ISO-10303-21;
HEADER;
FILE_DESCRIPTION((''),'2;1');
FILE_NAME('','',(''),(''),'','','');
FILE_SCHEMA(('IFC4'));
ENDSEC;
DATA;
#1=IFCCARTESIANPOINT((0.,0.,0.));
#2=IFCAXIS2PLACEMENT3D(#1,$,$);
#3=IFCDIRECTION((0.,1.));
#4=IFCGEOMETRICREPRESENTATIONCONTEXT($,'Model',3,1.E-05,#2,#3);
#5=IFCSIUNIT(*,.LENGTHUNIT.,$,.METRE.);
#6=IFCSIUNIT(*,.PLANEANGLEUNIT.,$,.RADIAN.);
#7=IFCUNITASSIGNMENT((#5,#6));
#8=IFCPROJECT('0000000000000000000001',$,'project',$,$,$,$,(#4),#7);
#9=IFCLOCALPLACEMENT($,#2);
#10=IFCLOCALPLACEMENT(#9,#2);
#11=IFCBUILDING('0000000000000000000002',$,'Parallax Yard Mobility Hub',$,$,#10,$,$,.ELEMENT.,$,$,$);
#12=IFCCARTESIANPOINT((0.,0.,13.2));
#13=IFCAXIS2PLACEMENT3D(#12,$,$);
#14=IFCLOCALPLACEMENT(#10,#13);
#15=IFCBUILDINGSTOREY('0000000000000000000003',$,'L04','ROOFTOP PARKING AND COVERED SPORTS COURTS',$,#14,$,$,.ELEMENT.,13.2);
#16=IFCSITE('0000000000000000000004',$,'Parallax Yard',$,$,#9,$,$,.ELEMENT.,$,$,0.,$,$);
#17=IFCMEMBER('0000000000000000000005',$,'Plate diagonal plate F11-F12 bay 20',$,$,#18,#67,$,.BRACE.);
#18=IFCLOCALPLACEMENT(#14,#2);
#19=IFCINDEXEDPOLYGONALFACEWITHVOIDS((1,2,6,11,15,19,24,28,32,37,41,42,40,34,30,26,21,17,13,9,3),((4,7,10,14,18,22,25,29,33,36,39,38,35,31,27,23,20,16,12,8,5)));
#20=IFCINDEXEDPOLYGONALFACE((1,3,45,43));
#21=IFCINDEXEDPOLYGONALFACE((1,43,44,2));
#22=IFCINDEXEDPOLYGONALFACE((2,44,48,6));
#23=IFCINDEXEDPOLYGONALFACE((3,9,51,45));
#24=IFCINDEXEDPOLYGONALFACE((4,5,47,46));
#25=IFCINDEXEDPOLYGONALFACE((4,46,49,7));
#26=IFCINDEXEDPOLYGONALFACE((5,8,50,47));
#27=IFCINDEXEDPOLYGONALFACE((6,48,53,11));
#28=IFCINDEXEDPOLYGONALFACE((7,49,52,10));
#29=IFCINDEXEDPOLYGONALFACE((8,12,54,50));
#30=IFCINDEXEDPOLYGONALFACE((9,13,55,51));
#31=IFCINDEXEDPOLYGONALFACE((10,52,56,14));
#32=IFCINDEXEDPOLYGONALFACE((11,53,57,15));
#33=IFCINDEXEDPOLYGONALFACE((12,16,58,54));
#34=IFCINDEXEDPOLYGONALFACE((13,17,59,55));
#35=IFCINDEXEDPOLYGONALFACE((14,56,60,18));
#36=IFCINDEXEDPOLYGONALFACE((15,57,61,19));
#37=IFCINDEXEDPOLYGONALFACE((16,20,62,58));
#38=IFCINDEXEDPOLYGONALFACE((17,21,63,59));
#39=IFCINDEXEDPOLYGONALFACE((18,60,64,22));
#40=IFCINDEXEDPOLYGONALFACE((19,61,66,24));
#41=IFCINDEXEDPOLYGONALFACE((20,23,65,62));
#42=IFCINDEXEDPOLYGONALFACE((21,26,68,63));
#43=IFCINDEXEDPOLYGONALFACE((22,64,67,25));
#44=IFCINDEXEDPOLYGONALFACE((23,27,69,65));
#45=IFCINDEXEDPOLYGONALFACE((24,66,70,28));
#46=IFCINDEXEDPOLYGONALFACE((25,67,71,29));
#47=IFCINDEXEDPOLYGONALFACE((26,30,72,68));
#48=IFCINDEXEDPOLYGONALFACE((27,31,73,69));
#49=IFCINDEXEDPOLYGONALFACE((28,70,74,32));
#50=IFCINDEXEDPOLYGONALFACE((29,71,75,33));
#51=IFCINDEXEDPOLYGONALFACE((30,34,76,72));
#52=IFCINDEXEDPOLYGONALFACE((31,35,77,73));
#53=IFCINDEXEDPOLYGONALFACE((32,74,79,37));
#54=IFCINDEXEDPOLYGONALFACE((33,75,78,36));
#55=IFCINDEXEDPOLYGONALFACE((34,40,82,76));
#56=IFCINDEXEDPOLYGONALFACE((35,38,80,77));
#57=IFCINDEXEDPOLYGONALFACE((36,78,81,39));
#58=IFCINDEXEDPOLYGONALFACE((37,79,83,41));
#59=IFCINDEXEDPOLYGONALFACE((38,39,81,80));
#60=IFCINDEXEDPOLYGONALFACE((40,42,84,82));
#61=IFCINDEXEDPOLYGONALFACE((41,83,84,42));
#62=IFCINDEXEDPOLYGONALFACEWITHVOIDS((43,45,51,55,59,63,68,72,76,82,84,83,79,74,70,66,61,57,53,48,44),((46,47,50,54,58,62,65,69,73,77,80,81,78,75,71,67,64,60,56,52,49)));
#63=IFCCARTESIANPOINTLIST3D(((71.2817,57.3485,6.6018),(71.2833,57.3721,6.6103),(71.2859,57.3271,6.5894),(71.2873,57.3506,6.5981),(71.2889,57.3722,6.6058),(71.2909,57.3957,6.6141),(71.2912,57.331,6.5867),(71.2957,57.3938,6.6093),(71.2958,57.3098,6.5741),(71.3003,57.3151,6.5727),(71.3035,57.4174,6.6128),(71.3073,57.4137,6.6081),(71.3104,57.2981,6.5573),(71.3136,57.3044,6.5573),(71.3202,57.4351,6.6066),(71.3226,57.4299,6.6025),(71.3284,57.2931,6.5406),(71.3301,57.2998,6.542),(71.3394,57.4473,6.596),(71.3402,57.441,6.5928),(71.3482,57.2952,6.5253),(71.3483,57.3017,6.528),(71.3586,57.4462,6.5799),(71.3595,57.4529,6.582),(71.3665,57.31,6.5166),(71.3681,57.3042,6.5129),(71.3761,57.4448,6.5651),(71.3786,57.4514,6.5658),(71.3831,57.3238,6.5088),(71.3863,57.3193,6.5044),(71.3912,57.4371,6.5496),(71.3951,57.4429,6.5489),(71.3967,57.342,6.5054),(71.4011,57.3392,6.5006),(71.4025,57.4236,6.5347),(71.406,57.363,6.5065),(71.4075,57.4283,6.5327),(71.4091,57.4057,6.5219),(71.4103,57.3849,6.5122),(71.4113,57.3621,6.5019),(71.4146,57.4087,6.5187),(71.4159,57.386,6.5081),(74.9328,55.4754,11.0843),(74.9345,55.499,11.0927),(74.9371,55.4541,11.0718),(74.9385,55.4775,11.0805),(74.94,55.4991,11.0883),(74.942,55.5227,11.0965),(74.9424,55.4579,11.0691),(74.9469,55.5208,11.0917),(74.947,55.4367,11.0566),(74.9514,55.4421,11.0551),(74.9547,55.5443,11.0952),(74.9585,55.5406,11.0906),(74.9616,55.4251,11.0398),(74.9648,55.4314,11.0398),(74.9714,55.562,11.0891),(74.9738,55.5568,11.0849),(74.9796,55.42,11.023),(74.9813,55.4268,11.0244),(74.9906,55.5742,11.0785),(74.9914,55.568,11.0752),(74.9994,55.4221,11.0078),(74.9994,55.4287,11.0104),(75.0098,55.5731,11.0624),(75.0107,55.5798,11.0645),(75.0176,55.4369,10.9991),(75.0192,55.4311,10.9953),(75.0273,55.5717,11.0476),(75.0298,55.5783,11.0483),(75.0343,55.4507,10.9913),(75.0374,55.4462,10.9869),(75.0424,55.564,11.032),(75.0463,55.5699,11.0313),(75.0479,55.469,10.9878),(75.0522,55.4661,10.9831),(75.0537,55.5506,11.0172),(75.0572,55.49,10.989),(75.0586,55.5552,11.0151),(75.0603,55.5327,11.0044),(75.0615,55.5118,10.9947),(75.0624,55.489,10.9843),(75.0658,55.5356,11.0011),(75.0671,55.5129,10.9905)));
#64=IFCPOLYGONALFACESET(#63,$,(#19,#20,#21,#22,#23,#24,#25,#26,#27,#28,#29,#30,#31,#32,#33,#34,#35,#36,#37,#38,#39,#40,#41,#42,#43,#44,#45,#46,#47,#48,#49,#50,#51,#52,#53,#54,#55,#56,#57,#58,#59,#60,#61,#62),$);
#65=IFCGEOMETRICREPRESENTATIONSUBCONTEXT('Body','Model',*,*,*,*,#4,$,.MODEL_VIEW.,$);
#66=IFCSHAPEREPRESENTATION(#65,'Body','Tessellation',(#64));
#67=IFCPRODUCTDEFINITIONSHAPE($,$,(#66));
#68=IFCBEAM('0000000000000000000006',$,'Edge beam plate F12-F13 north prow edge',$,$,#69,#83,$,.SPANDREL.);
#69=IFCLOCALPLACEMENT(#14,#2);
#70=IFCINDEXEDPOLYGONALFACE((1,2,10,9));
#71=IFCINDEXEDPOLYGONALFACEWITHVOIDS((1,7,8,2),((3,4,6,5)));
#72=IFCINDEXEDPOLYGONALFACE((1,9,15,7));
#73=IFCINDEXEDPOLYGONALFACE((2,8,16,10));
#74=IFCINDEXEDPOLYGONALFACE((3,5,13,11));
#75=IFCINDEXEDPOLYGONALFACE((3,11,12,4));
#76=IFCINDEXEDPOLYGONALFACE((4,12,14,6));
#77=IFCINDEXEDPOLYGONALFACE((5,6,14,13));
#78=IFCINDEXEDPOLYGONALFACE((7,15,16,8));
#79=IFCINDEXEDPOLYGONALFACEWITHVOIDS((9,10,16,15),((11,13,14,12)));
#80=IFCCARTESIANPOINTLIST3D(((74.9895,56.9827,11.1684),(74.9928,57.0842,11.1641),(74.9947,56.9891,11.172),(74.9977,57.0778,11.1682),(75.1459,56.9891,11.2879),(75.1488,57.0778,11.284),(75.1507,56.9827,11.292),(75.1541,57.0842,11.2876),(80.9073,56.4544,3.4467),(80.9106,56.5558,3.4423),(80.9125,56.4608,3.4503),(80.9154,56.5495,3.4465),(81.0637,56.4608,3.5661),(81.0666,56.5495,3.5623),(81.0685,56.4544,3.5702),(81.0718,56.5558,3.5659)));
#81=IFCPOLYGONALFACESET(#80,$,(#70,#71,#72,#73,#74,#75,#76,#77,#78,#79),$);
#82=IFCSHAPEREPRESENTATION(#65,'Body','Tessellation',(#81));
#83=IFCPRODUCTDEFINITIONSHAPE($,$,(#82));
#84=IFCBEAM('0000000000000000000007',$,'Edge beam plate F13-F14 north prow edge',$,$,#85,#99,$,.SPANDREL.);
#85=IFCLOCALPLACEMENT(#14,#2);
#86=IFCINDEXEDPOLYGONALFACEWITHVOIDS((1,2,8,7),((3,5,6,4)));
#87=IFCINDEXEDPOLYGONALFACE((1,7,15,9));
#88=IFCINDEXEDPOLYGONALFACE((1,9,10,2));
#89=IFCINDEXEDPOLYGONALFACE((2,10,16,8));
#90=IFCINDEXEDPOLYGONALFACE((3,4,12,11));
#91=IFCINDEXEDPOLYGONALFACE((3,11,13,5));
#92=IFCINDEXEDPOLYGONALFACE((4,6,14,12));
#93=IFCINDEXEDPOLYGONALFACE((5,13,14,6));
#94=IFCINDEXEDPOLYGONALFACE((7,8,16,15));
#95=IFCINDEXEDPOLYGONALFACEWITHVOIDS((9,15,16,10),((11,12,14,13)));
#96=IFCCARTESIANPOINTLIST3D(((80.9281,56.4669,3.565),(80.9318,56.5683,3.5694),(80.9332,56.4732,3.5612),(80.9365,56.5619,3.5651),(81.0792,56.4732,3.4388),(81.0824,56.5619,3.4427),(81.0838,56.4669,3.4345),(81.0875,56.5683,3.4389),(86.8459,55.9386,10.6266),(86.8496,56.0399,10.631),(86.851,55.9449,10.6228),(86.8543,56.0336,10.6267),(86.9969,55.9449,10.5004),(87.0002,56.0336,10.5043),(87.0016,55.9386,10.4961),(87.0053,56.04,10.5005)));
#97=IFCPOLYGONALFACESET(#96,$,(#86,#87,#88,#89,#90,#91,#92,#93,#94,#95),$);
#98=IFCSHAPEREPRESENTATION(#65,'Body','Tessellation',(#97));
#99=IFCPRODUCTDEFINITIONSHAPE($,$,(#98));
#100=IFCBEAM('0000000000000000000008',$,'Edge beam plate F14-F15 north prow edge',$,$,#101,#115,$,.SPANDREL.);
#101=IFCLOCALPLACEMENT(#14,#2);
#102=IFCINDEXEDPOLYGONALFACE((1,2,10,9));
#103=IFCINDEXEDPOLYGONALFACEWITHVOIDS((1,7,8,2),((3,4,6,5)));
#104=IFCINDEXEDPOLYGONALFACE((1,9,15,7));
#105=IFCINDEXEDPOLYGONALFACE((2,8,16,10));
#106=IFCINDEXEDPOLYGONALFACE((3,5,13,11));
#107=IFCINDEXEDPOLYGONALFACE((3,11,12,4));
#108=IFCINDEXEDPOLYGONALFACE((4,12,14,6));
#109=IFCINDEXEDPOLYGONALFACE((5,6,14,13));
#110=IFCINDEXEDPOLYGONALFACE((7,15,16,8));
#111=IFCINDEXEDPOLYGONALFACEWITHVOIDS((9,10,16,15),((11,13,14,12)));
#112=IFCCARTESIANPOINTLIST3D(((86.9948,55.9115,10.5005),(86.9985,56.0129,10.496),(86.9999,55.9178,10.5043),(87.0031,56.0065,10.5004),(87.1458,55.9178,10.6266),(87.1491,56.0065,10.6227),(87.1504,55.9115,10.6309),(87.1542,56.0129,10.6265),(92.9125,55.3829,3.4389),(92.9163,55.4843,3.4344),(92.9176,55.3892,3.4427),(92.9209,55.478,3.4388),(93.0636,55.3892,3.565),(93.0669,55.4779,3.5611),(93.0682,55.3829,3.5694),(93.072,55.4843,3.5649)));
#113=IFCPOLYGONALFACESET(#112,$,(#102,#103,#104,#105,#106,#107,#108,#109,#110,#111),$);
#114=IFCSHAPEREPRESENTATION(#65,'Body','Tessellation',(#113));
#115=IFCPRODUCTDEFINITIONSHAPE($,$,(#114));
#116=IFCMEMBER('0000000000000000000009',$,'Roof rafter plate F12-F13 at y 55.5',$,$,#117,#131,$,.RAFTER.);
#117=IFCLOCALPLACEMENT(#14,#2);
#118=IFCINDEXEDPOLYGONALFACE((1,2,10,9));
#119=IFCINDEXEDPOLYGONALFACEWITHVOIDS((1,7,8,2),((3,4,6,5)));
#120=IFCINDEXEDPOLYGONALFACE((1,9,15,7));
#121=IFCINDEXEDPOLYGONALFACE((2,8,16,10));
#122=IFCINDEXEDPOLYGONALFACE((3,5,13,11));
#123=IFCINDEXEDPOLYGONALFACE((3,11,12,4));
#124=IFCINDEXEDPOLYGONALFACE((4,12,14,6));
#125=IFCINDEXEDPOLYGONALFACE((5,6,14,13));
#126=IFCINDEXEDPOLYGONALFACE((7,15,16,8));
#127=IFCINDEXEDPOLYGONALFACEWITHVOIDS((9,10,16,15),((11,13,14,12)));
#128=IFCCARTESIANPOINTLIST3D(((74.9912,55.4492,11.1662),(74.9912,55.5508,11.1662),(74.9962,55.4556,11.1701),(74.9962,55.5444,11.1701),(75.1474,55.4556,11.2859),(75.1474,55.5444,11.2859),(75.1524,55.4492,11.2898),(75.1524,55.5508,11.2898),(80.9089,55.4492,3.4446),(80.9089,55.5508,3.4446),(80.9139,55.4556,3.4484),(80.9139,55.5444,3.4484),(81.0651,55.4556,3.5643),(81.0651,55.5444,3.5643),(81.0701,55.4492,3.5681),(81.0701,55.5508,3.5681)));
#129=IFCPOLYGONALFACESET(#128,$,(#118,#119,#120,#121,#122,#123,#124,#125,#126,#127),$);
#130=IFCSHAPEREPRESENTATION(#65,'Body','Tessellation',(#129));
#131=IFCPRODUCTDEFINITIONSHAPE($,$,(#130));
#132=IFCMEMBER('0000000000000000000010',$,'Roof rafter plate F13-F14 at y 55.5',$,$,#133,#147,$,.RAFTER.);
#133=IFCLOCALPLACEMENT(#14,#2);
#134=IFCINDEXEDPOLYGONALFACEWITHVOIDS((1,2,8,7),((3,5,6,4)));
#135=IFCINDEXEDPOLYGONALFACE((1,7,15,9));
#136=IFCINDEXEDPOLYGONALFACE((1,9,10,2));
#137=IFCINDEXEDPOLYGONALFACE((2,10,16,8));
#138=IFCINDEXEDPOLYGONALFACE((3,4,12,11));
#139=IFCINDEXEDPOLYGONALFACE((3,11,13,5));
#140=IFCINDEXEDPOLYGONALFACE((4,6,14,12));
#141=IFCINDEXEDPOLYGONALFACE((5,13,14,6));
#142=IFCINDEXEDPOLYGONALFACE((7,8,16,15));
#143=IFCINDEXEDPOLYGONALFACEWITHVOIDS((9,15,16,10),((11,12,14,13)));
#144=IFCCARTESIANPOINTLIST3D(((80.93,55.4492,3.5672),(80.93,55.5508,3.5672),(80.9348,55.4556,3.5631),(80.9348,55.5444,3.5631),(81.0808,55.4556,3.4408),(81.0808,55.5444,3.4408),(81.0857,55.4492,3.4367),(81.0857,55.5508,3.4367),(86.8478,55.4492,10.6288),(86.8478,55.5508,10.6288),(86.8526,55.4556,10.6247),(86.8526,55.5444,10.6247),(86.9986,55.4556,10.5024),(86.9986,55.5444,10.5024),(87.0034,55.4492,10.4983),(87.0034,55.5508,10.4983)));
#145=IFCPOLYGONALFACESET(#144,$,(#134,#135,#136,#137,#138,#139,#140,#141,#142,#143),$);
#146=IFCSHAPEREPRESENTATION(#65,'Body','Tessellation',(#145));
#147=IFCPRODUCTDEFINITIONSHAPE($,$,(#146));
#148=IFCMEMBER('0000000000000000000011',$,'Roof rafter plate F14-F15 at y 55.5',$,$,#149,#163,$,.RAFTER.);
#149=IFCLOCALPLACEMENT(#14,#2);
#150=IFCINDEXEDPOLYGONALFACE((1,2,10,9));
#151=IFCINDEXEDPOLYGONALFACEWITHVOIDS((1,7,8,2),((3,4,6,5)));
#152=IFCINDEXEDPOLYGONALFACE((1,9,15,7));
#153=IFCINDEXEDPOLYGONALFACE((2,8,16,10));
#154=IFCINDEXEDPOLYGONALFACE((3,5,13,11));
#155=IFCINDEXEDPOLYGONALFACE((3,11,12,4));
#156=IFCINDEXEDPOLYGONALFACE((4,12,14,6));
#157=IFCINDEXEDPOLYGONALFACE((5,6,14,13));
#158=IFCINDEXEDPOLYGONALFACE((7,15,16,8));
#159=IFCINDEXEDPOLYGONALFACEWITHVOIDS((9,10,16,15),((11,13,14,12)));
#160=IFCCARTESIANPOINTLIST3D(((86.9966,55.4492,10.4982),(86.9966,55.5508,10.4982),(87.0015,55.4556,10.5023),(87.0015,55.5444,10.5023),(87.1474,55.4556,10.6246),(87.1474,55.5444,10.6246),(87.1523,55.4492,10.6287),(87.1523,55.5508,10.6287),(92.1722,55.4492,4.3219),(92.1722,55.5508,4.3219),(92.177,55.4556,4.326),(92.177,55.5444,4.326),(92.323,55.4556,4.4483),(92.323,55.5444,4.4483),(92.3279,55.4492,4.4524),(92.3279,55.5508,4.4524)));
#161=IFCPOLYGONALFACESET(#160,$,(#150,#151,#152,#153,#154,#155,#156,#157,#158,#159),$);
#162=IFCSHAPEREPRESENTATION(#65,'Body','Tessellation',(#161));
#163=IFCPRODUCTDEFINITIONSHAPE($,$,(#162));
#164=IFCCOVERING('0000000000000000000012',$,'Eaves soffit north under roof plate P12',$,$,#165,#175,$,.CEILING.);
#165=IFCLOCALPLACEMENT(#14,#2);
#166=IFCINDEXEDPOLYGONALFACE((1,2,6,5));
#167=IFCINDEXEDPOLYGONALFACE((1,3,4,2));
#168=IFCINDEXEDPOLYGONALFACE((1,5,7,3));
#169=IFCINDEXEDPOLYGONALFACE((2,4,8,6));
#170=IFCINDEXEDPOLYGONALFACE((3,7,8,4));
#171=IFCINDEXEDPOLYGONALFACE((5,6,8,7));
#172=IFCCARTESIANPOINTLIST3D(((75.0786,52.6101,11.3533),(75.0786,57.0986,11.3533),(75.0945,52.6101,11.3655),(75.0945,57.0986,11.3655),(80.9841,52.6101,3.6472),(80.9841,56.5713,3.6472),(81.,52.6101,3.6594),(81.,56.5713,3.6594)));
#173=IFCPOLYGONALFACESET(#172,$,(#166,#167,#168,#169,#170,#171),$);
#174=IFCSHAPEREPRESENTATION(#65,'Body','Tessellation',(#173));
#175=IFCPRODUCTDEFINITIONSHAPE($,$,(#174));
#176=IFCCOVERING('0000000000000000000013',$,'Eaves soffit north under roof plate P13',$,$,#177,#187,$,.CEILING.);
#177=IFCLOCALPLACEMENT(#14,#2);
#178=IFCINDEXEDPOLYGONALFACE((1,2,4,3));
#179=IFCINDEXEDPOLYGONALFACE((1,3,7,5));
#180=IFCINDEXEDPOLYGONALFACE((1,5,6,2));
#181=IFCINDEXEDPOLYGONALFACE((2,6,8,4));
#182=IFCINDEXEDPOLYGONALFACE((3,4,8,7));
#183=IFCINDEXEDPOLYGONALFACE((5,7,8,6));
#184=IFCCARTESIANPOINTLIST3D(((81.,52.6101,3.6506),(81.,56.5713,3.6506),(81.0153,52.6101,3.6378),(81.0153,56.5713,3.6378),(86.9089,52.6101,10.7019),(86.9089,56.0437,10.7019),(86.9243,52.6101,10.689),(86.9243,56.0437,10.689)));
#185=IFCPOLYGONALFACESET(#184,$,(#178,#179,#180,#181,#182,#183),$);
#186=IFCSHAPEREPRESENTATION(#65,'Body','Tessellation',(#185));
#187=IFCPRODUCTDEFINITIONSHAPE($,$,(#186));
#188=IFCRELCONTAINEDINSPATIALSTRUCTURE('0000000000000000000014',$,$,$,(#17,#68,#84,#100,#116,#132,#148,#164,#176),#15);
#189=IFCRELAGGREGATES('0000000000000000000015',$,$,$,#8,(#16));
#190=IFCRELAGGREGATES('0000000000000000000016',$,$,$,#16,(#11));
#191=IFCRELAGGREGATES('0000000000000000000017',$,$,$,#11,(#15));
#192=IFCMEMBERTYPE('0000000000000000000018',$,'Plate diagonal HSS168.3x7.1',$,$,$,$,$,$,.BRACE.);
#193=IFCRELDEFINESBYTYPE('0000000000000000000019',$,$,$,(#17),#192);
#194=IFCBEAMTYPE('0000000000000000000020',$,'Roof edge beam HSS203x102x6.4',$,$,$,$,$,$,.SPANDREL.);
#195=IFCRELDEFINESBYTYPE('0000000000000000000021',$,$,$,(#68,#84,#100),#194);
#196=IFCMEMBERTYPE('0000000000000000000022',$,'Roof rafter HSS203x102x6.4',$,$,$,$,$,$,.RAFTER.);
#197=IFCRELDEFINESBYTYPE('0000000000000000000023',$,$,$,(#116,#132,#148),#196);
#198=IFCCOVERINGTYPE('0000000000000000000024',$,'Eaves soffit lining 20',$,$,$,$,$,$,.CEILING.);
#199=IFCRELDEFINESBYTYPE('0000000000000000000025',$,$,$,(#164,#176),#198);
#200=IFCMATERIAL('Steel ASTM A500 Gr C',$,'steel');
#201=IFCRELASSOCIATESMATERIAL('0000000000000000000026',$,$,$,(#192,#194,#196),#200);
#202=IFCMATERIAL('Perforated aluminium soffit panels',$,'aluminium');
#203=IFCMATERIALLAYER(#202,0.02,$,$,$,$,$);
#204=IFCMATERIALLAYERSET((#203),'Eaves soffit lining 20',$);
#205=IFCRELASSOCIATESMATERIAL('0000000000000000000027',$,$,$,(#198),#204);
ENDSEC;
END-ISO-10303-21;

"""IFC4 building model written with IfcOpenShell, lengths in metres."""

from ifc_helpers import new_model, si_unit, direction, frame, origin, origin_2d, place, context, subcontext, project, spatial, polyline, hollow_rectangle, hollow_circle, outline, extrude, material, layer, layer_set, material_profile, profile_set, type_object, element, save


model = new_model("IFC4")

# Units and contexts
model_context = context("Model", 3, precision=1e-05, world=origin(), true_north=direction((0.0, 1.0)))
body_context = subcontext(model_context, "Body", "Model", "MODEL_VIEW")
ifc_project = project(units=[si_unit("LENGTHUNIT", "METRE"), si_unit("PLANEANGLEUNIT", "RADIAN")], contexts=[model_context])

# Site, building, storey
site_placement = place(None, origin())
site = spatial("IfcSite", under=ifc_project, at=site_placement, Name="Parallax Yard", CompositionType="ELEMENT", RefElevation=0.0)
building_placement = place(site_placement, origin())
building = spatial("IfcBuilding", under=site, at=building_placement, Name="Parallax Yard Mobility Hub", CompositionType="ELEMENT")
storey_placement = place(building_placement, frame((0.0, 0.0, 13.2)))
storey = spatial("IfcBuildingStorey", under=building, at=storey_placement, Name="L04", Description="ROOFTOP PARKING AND COVERED SPORTS COURTS", CompositionType="ELEMENT", Elevation=13.2)

# Member
ifc_material_1 = material(Name="Steel ASTM A500 Gr C", Category="steel")
ifc_material_profile_1 = material_profile(ifc_material_1, hollow_circle(Radius=0.0842, WallThickness=0.0071, at=origin_2d()), Name="HSS168.3x7.1")
ifc_profile_set_1 = profile_set([ifc_material_profile_1], Name="Steel ASTM A500 Gr C")
member_type_1 = type_object("IfcMemberType", Name="Plate diagonal HSS168.3x7.1", PredefinedType="BRACE", material=ifc_profile_set_1)
member_1_placement = place(storey_placement, frame((75.0, 55.5, 11.0398), z_axis=(-0.600801, 0.308214, -0.737593), x_axis=(-0.456447, -0.889751, 0.0)))
element("IfcMember", 1, at=member_1_placement, inside=storey, type_object=member_type_1, Name="Plate diagonal plate F11-F12 bay 20", PredefinedType="BRACE", context=body_context, shape_type="SweptSolid", body=[
    extrude(hollow_circle(Radius=0.0842, WallThickness=0.0071, at=origin_2d()), origin(), (0.0, 0.0, 1.0), 6.0771),
])

# Beams
ifc_material_profile_2 = material_profile(ifc_material_1, hollow_rectangle(XDim=0.1016, YDim=0.2031, WallThickness=0.0063, at=origin_2d()), Name="HSS203x102x6.4")
ifc_profile_set_2 = profile_set([ifc_material_profile_2], Name="Steel ASTM A500 Gr C")
beam_type = type_object("IfcBeamType", Name="Roof edge beam HSS203x102x6.4", PredefinedType="SPANDREL", material=ifc_profile_set_2)
beam_placement = place(storey_placement, frame((75.0718, 57.0334, 11.228), z_axis=(0.607392, -0.054227, -0.792549), x_axis=(0.03298, 0.998529, -0.043044)))
element("IfcBeam", 2, at=beam_placement, inside=storey, type_object=beam_type, Name="Edge beam plate F12-F13 north prow edge", PredefinedType="SPANDREL", context=body_context, shape_type="SweptSolid", body=[
    extrude(hollow_rectangle(XDim=0.1016, YDim=0.2031, WallThickness=0.0063, at=origin_2d()), origin(), (0.0, 0.0, 1.0), 9.7429),
])
for number, where, z_axis, x_axis, name in (
    (3, (81.0078, 56.5176, 3.502), (0.64125, -0.057249, 0.765193), (0.036766, 0.99836, 0.043884), "Edge beam plate F13-F14 north prow edge"),
    (4, (87.0745, 55.9622, 10.5635), (0.641249, -0.057276, -0.765192), (0.036807, 0.998358, -0.043884), "Edge beam plate F14-F15 north prow edge"),
):
    element("IfcBeam", number, at=place(storey_placement, frame(where, z_axis=z_axis, x_axis=x_axis)), inside=storey, type_object=beam_type, Name=name, PredefinedType="SPANDREL", context=body_context, shape_type="SweptSolid", body=[
        extrude(hollow_rectangle(XDim=0.1016, YDim=0.2031, WallThickness=0.0063, at=origin_2d()), origin(), (0.0, 0.0, 1.0), 9.2285),
    ])

# Members
ifc_material_profile_3 = material_profile(ifc_material_1, hollow_rectangle(XDim=0.1016, YDim=0.2031, WallThickness=0.0063, at=origin_2d()), Name="HSS203x102x6.4")
ifc_profile_set_3 = profile_set([ifc_material_profile_3], Name="Steel ASTM A500 Gr C")
member_type_2 = type_object("IfcMemberType", Name="Roof rafter HSS203x102x6.4", PredefinedType="RAFTER", material=ifc_profile_set_3)
member_2_placement = place(storey_placement, frame((75.0718, 55.5, 11.228), z_axis=(0.608287, 0.0, -0.793717), x_axis=(0.0, 1.0, 0.0)))
element("IfcMember", 5, at=member_2_placement, inside=storey, type_object=member_type_2, Name="Roof rafter plate F12-F13 at y 55.5", PredefinedType="RAFTER", context=body_context, shape_type="SweptSolid", body=[
    extrude(hollow_rectangle(XDim=0.1016, YDim=0.2031, WallThickness=0.0063, at=origin_2d()), origin(), (0.0, 0.0, 1.0), 9.7285),
])
member_3_placement = place(storey_placement, frame((81.0078, 55.5, 3.502), z_axis=(0.642304, 0.0, 0.76645), x_axis=(0.0, 1.0, 0.0)))
element("IfcMember", 6, at=member_3_placement, inside=storey, type_object=member_type_2, Name="Roof rafter plate F13-F14 at y 55.5", PredefinedType="RAFTER", context=body_context, shape_type="SweptSolid", body=[
    extrude(hollow_rectangle(XDim=0.1016, YDim=0.2031, WallThickness=0.0063, at=origin_2d()), origin(), (0.0, 0.0, 1.0), 9.2134),
])
member_4_placement = place(storey_placement, frame((87.0745, 55.5, 10.5635), z_axis=(0.64228, 0.0, -0.76647), x_axis=(0.0, 1.0, 0.0)))
element("IfcMember", 7, at=member_4_placement, inside=storey, type_object=member_type_2, Name="Roof rafter plate F14-F15 at y 55.5", PredefinedType="RAFTER", context=body_context, shape_type="SweptSolid", body=[
    extrude(hollow_rectangle(XDim=0.1016, YDim=0.2031, WallThickness=0.0063, at=origin_2d()), origin(), (0.0, 0.0, 1.0), 8.0581),
])

# Coverings
ifc_material_2 = material(Name="Perforated aluminium soffit panels", Category="aluminium")
ifc_layer_1 = layer(ifc_material_2, 0.02)
ifc_layer_set_1 = layer_set([ifc_layer_1], Name="Eaves soffit lining 20")
covering_type_1 = type_object("IfcCoveringType", Name="Eaves soffit lining 20", PredefinedType="CEILING", material=ifc_layer_set_1)
covering_1_placement = place(storey_placement, frame((75.0945, 57.0986, 11.3655), z_axis=(0.793729, 0.0, 0.608272), x_axis=(0.607377, -0.054237, -0.79256)))
element("IfcCovering", 8, at=covering_1_placement, inside=storey, type_object=covering_type_1, Name="Eaves soffit north under roof plate P12", PredefinedType="CEILING", context=body_context, shape_type="SweptSolid", body=[
    extrude(outline(polyline([(0.0, 0.0), (9.723, 0.0), (9.9378, -3.9554), (0.2434, -4.4819), (0.0, 0.0)])), origin(), (0.0, 0.0, -1.0), 0.02),
])
covering_2_placement = place(storey_placement, frame((81.0, 56.5713, 3.6506), z_axis=(-0.766461, 0.0, 0.642291), x_axis=(0.641237, -0.057254, 0.765204)))
element("IfcCovering", 9, at=covering_2_placement, inside=storey, type_object=covering_type_1, Name="Eaves soffit north under roof plate P13", PredefinedType="CEILING", context=body_context, shape_type="SweptSolid", body=[
    extrude(outline(polyline([(0.0, 0.0), (9.2149, 0.0), (9.4115, -3.428), (0.2268, -3.9547), (0.0, 0.0)])), origin(), (0.0, 0.0, -1.0), 0.02),
])

save(model, "model.ifc")
